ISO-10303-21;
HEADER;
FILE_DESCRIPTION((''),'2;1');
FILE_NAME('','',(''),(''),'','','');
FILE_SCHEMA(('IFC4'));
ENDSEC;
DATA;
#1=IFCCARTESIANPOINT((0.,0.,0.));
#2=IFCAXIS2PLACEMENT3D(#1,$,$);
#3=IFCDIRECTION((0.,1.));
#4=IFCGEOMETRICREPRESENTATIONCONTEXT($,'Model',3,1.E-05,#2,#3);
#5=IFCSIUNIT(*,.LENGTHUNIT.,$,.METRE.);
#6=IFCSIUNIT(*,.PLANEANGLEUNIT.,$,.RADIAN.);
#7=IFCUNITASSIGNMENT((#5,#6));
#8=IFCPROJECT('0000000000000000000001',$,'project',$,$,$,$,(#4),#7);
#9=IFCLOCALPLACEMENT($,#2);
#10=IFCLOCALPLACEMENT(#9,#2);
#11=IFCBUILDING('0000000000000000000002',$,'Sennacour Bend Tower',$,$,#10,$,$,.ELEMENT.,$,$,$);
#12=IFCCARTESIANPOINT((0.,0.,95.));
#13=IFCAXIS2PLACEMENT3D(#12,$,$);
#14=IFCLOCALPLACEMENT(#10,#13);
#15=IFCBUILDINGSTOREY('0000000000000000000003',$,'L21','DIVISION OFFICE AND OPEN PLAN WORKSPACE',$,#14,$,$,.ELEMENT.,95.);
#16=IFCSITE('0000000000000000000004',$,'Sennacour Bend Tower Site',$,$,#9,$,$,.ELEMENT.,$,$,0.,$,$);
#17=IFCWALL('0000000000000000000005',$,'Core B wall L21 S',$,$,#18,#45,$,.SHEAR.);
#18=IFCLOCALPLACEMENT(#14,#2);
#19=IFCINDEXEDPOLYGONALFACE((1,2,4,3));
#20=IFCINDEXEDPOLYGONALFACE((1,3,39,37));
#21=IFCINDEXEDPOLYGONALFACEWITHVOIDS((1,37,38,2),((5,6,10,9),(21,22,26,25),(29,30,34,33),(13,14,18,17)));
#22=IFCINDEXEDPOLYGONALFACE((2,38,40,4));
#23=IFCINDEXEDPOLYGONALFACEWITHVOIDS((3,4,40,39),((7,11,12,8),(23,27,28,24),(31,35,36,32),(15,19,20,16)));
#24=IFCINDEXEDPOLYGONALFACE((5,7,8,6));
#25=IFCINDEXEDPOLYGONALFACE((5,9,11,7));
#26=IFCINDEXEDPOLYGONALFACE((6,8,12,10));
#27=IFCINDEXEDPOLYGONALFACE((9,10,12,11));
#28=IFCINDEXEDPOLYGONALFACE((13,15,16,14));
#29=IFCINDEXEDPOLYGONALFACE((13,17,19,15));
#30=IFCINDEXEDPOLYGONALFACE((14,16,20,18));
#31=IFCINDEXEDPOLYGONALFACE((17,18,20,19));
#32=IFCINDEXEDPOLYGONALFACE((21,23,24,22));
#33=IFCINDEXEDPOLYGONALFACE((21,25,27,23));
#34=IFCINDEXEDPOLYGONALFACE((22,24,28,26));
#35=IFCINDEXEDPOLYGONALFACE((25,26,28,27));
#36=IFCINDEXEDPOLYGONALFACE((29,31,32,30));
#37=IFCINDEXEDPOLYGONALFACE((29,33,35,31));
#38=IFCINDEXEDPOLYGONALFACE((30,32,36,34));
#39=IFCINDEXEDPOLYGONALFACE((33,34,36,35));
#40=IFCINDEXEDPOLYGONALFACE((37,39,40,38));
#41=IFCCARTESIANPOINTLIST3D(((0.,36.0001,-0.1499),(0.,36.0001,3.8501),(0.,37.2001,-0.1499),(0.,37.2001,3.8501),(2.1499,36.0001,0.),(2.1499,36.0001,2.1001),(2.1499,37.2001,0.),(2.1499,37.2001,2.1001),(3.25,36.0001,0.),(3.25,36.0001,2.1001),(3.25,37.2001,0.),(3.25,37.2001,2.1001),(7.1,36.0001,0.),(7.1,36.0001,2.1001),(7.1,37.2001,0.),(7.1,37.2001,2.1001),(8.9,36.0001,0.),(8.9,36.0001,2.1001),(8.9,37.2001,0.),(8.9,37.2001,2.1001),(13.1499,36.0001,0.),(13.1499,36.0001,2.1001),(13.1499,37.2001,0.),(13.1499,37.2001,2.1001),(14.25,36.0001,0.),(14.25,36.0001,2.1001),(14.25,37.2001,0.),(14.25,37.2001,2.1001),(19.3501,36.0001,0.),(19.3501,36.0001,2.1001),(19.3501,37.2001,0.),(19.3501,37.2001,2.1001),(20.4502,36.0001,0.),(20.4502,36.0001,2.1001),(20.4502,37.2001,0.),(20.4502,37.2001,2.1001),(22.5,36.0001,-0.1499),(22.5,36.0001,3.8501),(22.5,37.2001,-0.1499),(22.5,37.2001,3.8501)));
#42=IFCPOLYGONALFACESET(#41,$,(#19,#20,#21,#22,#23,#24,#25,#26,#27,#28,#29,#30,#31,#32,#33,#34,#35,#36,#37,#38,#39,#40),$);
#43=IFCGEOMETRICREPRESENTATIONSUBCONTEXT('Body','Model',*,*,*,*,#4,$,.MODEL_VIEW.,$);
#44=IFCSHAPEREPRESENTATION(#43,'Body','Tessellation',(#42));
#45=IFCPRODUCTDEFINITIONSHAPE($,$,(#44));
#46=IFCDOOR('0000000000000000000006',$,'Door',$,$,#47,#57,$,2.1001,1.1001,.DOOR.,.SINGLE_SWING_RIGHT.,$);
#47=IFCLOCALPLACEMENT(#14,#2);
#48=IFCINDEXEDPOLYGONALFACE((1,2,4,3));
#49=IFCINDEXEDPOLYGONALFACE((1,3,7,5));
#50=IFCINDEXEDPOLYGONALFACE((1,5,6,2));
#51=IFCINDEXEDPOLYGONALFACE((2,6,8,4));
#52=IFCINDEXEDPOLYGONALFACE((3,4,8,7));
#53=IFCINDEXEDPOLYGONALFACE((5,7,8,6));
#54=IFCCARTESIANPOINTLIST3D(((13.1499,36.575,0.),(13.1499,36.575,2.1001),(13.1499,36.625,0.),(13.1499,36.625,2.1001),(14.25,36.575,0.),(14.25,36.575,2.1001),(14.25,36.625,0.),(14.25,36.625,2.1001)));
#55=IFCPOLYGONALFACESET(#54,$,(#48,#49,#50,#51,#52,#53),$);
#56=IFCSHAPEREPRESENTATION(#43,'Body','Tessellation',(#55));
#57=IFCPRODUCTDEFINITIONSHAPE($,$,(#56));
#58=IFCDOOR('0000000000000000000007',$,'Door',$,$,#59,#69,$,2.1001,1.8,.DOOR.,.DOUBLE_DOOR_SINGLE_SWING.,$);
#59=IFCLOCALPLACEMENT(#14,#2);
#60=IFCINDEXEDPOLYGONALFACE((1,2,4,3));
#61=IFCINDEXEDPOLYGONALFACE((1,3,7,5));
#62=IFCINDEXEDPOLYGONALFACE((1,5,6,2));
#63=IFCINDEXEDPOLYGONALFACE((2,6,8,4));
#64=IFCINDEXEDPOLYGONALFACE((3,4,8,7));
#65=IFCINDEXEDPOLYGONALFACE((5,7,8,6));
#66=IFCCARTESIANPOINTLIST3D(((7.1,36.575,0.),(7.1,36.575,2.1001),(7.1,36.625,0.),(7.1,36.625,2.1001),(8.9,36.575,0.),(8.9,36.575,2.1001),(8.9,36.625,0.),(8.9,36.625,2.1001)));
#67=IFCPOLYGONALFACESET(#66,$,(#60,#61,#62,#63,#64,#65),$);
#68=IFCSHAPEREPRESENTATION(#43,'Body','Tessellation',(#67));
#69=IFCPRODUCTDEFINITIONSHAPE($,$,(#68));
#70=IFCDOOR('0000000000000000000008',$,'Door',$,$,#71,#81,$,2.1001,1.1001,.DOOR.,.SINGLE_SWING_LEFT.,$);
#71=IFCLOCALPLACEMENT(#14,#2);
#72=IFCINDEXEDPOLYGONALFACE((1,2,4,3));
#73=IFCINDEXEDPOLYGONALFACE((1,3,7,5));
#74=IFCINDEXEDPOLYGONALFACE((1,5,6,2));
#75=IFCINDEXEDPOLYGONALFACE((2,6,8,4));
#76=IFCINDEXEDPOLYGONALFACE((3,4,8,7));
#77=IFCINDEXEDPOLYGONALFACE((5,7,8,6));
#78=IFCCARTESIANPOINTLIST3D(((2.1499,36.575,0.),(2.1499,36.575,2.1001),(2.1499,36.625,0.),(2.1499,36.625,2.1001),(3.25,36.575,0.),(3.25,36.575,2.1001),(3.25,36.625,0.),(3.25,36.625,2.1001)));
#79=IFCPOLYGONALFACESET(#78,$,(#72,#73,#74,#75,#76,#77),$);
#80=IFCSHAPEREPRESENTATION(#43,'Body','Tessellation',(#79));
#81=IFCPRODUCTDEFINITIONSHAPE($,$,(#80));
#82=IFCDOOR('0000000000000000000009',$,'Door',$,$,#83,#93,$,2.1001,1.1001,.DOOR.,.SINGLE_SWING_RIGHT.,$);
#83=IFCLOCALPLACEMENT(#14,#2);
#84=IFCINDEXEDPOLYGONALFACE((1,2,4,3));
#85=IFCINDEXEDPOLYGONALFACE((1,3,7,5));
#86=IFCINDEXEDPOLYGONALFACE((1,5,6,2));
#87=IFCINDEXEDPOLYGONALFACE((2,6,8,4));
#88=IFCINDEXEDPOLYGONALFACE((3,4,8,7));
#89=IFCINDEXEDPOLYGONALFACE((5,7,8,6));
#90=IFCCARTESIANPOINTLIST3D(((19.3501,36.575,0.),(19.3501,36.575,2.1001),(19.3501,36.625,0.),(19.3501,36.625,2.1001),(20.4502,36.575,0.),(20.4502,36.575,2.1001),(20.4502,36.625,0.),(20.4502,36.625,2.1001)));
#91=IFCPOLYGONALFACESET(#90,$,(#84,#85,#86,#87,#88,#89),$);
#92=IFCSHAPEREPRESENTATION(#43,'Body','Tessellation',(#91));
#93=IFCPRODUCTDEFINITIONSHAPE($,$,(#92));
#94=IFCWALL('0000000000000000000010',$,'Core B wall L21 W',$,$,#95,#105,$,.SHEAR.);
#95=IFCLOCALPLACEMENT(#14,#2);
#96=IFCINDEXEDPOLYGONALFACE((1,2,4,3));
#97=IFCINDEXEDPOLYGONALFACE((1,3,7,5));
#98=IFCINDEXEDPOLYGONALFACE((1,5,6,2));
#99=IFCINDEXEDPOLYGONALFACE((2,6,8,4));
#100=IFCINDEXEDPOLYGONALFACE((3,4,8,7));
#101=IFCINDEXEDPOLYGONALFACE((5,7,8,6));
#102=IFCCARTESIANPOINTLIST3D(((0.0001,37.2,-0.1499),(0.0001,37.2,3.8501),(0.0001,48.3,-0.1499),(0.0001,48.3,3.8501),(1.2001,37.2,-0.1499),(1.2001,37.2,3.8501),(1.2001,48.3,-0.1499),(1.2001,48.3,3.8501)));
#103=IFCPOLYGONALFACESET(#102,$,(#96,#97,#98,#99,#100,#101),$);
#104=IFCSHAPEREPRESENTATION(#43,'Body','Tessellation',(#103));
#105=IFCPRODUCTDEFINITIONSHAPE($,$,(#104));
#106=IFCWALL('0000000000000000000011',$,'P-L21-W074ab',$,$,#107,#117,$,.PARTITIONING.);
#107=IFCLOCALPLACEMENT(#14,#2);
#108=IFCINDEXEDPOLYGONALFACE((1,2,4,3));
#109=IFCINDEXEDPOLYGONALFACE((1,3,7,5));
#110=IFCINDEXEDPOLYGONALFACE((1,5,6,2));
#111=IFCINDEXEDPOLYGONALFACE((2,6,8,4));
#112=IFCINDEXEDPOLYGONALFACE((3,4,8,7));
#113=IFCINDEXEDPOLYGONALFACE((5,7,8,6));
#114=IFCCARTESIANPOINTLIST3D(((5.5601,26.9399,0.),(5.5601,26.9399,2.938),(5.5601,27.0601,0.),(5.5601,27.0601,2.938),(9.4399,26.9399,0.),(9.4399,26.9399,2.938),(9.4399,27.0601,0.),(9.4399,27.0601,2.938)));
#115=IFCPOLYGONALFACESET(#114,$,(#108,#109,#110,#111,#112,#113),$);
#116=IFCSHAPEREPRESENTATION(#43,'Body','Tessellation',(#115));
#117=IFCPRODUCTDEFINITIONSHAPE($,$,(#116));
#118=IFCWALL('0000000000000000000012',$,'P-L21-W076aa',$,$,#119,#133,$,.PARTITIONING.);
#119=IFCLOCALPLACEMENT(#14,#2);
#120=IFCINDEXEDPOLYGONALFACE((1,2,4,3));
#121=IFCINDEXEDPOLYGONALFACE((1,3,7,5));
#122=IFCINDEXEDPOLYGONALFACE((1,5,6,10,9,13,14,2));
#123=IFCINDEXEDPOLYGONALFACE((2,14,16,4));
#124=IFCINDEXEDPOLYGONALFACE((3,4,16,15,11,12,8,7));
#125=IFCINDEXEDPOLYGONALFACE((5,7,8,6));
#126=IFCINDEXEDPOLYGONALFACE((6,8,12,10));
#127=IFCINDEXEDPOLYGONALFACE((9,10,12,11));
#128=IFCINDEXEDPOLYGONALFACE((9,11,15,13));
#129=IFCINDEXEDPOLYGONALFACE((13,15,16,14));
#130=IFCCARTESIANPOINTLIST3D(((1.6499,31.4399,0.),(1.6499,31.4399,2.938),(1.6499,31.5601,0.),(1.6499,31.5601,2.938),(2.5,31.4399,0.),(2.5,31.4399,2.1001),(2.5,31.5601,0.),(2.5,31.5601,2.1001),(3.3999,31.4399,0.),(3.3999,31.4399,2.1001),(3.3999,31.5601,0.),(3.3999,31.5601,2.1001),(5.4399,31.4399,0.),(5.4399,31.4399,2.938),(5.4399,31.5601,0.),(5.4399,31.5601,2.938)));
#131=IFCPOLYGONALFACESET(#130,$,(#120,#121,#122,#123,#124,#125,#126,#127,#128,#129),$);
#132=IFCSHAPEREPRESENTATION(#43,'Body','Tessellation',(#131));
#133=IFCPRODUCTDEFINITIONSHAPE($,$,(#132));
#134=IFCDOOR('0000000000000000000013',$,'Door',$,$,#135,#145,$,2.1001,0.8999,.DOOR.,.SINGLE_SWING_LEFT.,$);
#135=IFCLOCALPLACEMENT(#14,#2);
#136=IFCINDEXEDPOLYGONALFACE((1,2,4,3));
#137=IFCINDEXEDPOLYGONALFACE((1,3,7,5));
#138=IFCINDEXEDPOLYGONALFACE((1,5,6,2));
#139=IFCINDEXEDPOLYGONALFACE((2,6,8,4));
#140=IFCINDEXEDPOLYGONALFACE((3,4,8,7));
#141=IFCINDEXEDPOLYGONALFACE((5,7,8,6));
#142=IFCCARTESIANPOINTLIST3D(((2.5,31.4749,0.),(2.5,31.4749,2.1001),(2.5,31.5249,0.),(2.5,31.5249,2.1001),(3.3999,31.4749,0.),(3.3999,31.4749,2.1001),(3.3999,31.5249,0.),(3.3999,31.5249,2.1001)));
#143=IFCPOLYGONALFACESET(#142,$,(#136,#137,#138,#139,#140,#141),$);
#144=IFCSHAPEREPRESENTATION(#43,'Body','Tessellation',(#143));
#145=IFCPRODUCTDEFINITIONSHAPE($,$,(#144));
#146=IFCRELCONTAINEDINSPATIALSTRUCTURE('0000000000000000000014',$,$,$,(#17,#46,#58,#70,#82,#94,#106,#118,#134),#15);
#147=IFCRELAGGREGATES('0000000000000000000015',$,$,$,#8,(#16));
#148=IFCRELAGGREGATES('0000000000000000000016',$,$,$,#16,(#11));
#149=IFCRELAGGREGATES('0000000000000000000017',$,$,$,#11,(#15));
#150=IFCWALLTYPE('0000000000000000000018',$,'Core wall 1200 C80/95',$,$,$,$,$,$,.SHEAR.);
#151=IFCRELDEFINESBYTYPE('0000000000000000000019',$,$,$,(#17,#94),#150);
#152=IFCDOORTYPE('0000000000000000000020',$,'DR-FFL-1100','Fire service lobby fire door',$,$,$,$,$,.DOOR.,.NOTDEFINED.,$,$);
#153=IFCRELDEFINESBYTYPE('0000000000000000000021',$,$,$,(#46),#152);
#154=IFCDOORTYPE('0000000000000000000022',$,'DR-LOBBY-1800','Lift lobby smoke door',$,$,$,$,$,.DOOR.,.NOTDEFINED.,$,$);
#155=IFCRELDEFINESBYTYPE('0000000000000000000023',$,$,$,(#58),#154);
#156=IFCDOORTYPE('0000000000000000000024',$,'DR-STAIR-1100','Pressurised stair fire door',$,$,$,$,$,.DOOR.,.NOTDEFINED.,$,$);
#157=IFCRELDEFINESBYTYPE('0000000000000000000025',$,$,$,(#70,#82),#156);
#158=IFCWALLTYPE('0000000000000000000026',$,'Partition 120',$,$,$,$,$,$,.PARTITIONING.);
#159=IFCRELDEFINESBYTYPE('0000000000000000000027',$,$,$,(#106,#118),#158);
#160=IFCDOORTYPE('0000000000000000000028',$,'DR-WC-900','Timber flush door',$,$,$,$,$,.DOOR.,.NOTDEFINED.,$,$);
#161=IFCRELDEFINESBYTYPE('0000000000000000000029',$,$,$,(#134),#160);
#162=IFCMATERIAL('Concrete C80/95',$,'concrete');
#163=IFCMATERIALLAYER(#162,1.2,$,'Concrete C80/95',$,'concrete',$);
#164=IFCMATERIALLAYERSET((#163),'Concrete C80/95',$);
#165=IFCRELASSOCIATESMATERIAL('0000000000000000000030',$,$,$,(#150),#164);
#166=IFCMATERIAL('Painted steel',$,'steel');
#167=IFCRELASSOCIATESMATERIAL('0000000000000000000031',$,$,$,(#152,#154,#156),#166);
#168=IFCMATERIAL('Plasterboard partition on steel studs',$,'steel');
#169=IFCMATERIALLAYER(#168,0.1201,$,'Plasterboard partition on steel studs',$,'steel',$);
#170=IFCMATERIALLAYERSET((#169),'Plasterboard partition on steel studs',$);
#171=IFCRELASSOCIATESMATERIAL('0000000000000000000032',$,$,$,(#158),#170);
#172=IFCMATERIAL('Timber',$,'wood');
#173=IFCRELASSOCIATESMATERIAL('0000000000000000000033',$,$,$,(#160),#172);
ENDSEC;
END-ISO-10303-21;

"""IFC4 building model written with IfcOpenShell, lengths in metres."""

from ifc_helpers import new_model, si_unit, direction, frame, frame_2d, origin, place, context, subcontext, project, spatial, rectangle, extrude, material, layer, layer_set, type_object, element, fill, save


model = new_model("IFC4")

# Units and contexts
model_context = context("Model", 3, precision=1e-05, world=origin(), true_north=direction((0.0, 1.0)))
body_context = subcontext(model_context, "Body", "Model", "MODEL_VIEW")
ifc_project = project(units=[si_unit("LENGTHUNIT", "METRE"), si_unit("PLANEANGLEUNIT", "RADIAN")], contexts=[model_context])

# Site, building, storey
site_placement = place(None, origin())
site = spatial("IfcSite", under=ifc_project, at=site_placement, Name="Sennacour Bend Tower Site", CompositionType="ELEMENT", RefElevation=0.0)
building_placement = place(site_placement, origin())
building = spatial("IfcBuilding", under=site, at=building_placement, Name="Sennacour Bend Tower", CompositionType="ELEMENT")
storey_placement = place(building_placement, frame((0.0, 0.0, 95.0)))
storey = spatial("IfcBuildingStorey", under=building, at=storey_placement, Name="L21", Description="DIVISION OFFICE AND OPEN PLAN WORKSPACE", CompositionType="ELEMENT", Elevation=95.0)

# Wall, openings, doors
ifc_material_1 = material(Name="Concrete C80/95", Category="concrete")
ifc_layer_1 = layer(ifc_material_1, 1.2, Name="Concrete C80/95", Category="concrete")
ifc_layer_set_1 = layer_set([ifc_layer_1], Name="Concrete C80/95")
wall_type_1 = type_object("IfcWallType", Name="Core wall 1200 C80/95", PredefinedType="SHEAR", material=ifc_layer_set_1)
wall_1_placement = place(storey_placement, frame((0.0, 36.6001, -0.1499), z_axis=(0.0, 0.0, 1.0), x_axis=(1.0, 0.0, 0.0)))
wall_1 = element("IfcWall", 1, at=wall_1_placement, inside=storey, type_object=wall_type_1, Name="Core B wall L21 S", PredefinedType="SHEAR", context=body_context, shape_type="SweptSolid", body=[
    extrude(rectangle(XDim=22.5, YDim=1.2, at=frame_2d((11.25, 0.0))), origin(), (0.0, 0.0, 1.0), 4.0),
])
opening_1_placement = place(wall_1_placement, frame((7.1001, 0.0, 0.1499)))
opening_1 = element("IfcOpeningElement", 2, at=opening_1_placement, cuts=wall_1, PredefinedType="OPENING", context=body_context, shape_type="SweptSolid", body=[
    extrude(rectangle(XDim=1.8, YDim=2.1001, at=frame_2d((0.8999, 1.05))), frame((0.0, 0.6099, 0.0), z_axis=(0.0, -1.0, 0.0), x_axis=(1.0, 0.0, 0.0)), (0.0, 0.0, 1.0), 1.22),
])
opening_2_placement = place(wall_1_placement, frame((13.1499, 0.0, 0.1499)))
opening_2 = element("IfcOpeningElement", 3, at=opening_2_placement, cuts=wall_1, PredefinedType="OPENING", context=body_context, shape_type="SweptSolid", body=[
    extrude(rectangle(XDim=1.1001, YDim=2.1001, at=frame_2d((0.55, 1.05))), frame((0.0, 0.6099, 0.0), z_axis=(0.0, -1.0, 0.0), x_axis=(1.0, 0.0, 0.0)), (0.0, 0.0, 1.0), 1.22),
])
opening_3_placement = place(wall_1_placement, frame((2.1499, 0.0, 0.1499)))
opening_3 = element("IfcOpeningElement", 4, at=opening_3_placement, cuts=wall_1, PredefinedType="OPENING", context=body_context, shape_type="SweptSolid", body=[
    extrude(rectangle(XDim=1.1001, YDim=2.1001, at=frame_2d((0.55, 1.05))), frame((0.0, 0.6099, 0.0), z_axis=(0.0, -1.0, 0.0), x_axis=(1.0, 0.0, 0.0)), (0.0, 0.0, 1.0), 1.22),
])
opening_4_placement = place(wall_1_placement, frame((19.3501, 0.0, 0.1499)))
opening_4 = element("IfcOpeningElement", 5, at=opening_4_placement, cuts=wall_1, PredefinedType="OPENING", context=body_context, shape_type="SweptSolid", body=[
    extrude(rectangle(XDim=1.1001, YDim=2.1001, at=frame_2d((0.55, 1.05))), frame((0.0, 0.6099, 0.0), z_axis=(0.0, -1.0, 0.0), x_axis=(1.0, 0.0, 0.0)), (0.0, 0.0, 1.0), 1.22),
])
ifc_material_2 = material(Name="Painted steel", Category="steel")
door_type_1 = type_object("IfcDoorType", Name="DR-FFL-1100", Description="Fire service lobby fire door", OperationType="NOTDEFINED", PredefinedType="DOOR", material=ifc_material_2)
door_1_placement = place(opening_2_placement, origin())
door_1 = element("IfcDoor", 6, at=door_1_placement, inside=storey, type_object=door_type_1, Name="Door", OperationType="SINGLE_SWING_RIGHT", OverallHeight=2.1001, OverallWidth=1.1001, PredefinedType="DOOR", context=body_context, shape_type="SweptSolid", body=[
    extrude(rectangle(XDim=1.1001, YDim=2.1001, at=frame_2d((0.55, 1.05))), frame((0.0, 0.0249, 0.0), z_axis=(0.0, -1.0, 0.0), x_axis=(1.0, 0.0, 0.0)), (0.0, 0.0, 1.0), 0.05),
])
fill(opening_2, door_1)
door_type_2 = type_object("IfcDoorType", Name="DR-LOBBY-1800", Description="Lift lobby smoke door", OperationType="NOTDEFINED", PredefinedType="DOOR", material=ifc_material_2)
door_2_placement = place(opening_1_placement, origin())
door_2 = element("IfcDoor", 7, at=door_2_placement, inside=storey, type_object=door_type_2, Name="Door", OperationType="DOUBLE_DOOR_SINGLE_SWING", OverallHeight=2.1001, OverallWidth=1.8, PredefinedType="DOOR", context=body_context, shape_type="SweptSolid", body=[
    extrude(rectangle(XDim=1.8, YDim=2.1001, at=frame_2d((0.8999, 1.05))), frame((0.0, 0.0249, 0.0), z_axis=(0.0, -1.0, 0.0), x_axis=(1.0, 0.0, 0.0)), (0.0, 0.0, 1.0), 0.05),
])
fill(opening_1, door_2)
door_type_3 = type_object("IfcDoorType", Name="DR-STAIR-1100", Description="Pressurised stair fire door", OperationType="NOTDEFINED", PredefinedType="DOOR", material=ifc_material_2)
door_3_placement = place(opening_3_placement, origin())
door_3 = element("IfcDoor", 8, at=door_3_placement, inside=storey, type_object=door_type_3, Name="Door", OperationType="SINGLE_SWING_LEFT", OverallHeight=2.1001, OverallWidth=1.1001, PredefinedType="DOOR", context=body_context, shape_type="SweptSolid", body=[
    extrude(rectangle(XDim=1.1001, YDim=2.1001, at=frame_2d((0.55, 1.05))), frame((0.0, 0.0249, 0.0), z_axis=(0.0, -1.0, 0.0), x_axis=(1.0, 0.0, 0.0)), (0.0, 0.0, 1.0), 0.05),
])
fill(opening_3, door_3)
door_4_placement = place(opening_4_placement, origin())
door_4 = element("IfcDoor", 9, at=door_4_placement, inside=storey, type_object=door_type_3, Name="Door", OperationType="SINGLE_SWING_RIGHT", OverallHeight=2.1001, OverallWidth=1.1001, PredefinedType="DOOR", context=body_context, shape_type="SweptSolid", body=[
    extrude(rectangle(XDim=1.1001, YDim=2.1001, at=frame_2d((0.55, 1.05))), frame((0.0, 0.0249, 0.0), z_axis=(0.0, -1.0, 0.0), x_axis=(1.0, 0.0, 0.0)), (0.0, 0.0, 1.0), 0.05),
])
fill(opening_4, door_4)

# Walls
wall_2_placement = place(storey_placement, frame((0.6001, 37.2, -0.1499), z_axis=(0.0, 0.0, 1.0), x_axis=(0.0, 1.0, 0.0)))
element("IfcWall", 10, at=wall_2_placement, inside=storey, type_object=wall_type_1, Name="Core B wall L21 W", PredefinedType="SHEAR", context=body_context, shape_type="SweptSolid", body=[
    extrude(rectangle(XDim=11.1001, YDim=1.2, at=frame_2d((5.55, 0.0))), origin(), (0.0, 0.0, 1.0), 4.0),
])
ifc_material_3 = material(Name="Plasterboard partition on steel studs", Category="steel")
ifc_layer_2 = layer(ifc_material_3, 0.1201, Name="Plasterboard partition on steel studs", Category="steel")
ifc_layer_set_2 = layer_set([ifc_layer_2], Name="Plasterboard partition on steel studs")
wall_type_2 = type_object("IfcWallType", Name="Partition 120", PredefinedType="PARTITIONING", material=ifc_layer_set_2)
wall_3_placement = place(storey_placement, frame((5.5601, 27.0, 0.0), z_axis=(0.0, 0.0, 1.0), x_axis=(1.0, 0.0, 0.0)))
element("IfcWall", 11, at=wall_3_placement, inside=storey, type_object=wall_type_2, Name="P-L21-W074ab", PredefinedType="PARTITIONING", context=body_context, shape_type="SweptSolid", body=[
    extrude(rectangle(XDim=3.8799, YDim=0.1201, at=frame_2d((1.9399, 0.0))), origin(), (0.0, 0.0, 1.0), 2.938),
])

# Wall, opening, door
wall_4_placement = place(storey_placement, frame((1.6499, 31.5, 0.0), z_axis=(0.0, 0.0, 1.0), x_axis=(1.0, 0.0, 0.0)))
wall_4 = element("IfcWall", 12, at=wall_4_placement, inside=storey, type_object=wall_type_2, Name="P-L21-W076aa", PredefinedType="PARTITIONING", context=body_context, shape_type="SweptSolid", body=[
    extrude(rectangle(XDim=3.79, YDim=0.1201, at=frame_2d((1.895, 0.0))), origin(), (0.0, 0.0, 1.0), 2.938),
])
opening_5_placement = place(wall_4_placement, frame((0.8501, 0.0, 0.0)))
opening_5 = element("IfcOpeningElement", 13, at=opening_5_placement, cuts=wall_4, PredefinedType="OPENING", context=body_context, shape_type="SweptSolid", body=[
    extrude(rectangle(XDim=0.8999, YDim=2.1001, at=frame_2d((0.45, 1.05))), frame((0.0, 0.0701, 0.0), z_axis=(0.0, -1.0, 0.0), x_axis=(1.0, 0.0, 0.0)), (0.0, 0.0, 1.0), 0.1401),
])
ifc_material_4 = material(Name="Timber", Category="wood")
door_type_4 = type_object("IfcDoorType", Name="DR-WC-900", Description="Timber flush door", OperationType="NOTDEFINED", PredefinedType="DOOR", material=ifc_material_4)
door_5_placement = place(opening_5_placement, origin())
door_5 = element("IfcDoor", 14, at=door_5_placement, inside=storey, type_object=door_type_4, Name="Door", OperationType="SINGLE_SWING_LEFT", OverallHeight=2.1001, OverallWidth=0.8999, PredefinedType="DOOR", context=body_context, shape_type="SweptSolid", body=[
    extrude(rectangle(XDim=0.8999, YDim=2.1001, at=frame_2d((0.45, 1.05))), frame((0.0, 0.0249, 0.0), z_axis=(0.0, -1.0, 0.0), x_axis=(1.0, 0.0, 0.0)), (0.0, 0.0, 1.0), 0.05),
])
fill(opening_5, door_5)

save(model, "model.ifc")
